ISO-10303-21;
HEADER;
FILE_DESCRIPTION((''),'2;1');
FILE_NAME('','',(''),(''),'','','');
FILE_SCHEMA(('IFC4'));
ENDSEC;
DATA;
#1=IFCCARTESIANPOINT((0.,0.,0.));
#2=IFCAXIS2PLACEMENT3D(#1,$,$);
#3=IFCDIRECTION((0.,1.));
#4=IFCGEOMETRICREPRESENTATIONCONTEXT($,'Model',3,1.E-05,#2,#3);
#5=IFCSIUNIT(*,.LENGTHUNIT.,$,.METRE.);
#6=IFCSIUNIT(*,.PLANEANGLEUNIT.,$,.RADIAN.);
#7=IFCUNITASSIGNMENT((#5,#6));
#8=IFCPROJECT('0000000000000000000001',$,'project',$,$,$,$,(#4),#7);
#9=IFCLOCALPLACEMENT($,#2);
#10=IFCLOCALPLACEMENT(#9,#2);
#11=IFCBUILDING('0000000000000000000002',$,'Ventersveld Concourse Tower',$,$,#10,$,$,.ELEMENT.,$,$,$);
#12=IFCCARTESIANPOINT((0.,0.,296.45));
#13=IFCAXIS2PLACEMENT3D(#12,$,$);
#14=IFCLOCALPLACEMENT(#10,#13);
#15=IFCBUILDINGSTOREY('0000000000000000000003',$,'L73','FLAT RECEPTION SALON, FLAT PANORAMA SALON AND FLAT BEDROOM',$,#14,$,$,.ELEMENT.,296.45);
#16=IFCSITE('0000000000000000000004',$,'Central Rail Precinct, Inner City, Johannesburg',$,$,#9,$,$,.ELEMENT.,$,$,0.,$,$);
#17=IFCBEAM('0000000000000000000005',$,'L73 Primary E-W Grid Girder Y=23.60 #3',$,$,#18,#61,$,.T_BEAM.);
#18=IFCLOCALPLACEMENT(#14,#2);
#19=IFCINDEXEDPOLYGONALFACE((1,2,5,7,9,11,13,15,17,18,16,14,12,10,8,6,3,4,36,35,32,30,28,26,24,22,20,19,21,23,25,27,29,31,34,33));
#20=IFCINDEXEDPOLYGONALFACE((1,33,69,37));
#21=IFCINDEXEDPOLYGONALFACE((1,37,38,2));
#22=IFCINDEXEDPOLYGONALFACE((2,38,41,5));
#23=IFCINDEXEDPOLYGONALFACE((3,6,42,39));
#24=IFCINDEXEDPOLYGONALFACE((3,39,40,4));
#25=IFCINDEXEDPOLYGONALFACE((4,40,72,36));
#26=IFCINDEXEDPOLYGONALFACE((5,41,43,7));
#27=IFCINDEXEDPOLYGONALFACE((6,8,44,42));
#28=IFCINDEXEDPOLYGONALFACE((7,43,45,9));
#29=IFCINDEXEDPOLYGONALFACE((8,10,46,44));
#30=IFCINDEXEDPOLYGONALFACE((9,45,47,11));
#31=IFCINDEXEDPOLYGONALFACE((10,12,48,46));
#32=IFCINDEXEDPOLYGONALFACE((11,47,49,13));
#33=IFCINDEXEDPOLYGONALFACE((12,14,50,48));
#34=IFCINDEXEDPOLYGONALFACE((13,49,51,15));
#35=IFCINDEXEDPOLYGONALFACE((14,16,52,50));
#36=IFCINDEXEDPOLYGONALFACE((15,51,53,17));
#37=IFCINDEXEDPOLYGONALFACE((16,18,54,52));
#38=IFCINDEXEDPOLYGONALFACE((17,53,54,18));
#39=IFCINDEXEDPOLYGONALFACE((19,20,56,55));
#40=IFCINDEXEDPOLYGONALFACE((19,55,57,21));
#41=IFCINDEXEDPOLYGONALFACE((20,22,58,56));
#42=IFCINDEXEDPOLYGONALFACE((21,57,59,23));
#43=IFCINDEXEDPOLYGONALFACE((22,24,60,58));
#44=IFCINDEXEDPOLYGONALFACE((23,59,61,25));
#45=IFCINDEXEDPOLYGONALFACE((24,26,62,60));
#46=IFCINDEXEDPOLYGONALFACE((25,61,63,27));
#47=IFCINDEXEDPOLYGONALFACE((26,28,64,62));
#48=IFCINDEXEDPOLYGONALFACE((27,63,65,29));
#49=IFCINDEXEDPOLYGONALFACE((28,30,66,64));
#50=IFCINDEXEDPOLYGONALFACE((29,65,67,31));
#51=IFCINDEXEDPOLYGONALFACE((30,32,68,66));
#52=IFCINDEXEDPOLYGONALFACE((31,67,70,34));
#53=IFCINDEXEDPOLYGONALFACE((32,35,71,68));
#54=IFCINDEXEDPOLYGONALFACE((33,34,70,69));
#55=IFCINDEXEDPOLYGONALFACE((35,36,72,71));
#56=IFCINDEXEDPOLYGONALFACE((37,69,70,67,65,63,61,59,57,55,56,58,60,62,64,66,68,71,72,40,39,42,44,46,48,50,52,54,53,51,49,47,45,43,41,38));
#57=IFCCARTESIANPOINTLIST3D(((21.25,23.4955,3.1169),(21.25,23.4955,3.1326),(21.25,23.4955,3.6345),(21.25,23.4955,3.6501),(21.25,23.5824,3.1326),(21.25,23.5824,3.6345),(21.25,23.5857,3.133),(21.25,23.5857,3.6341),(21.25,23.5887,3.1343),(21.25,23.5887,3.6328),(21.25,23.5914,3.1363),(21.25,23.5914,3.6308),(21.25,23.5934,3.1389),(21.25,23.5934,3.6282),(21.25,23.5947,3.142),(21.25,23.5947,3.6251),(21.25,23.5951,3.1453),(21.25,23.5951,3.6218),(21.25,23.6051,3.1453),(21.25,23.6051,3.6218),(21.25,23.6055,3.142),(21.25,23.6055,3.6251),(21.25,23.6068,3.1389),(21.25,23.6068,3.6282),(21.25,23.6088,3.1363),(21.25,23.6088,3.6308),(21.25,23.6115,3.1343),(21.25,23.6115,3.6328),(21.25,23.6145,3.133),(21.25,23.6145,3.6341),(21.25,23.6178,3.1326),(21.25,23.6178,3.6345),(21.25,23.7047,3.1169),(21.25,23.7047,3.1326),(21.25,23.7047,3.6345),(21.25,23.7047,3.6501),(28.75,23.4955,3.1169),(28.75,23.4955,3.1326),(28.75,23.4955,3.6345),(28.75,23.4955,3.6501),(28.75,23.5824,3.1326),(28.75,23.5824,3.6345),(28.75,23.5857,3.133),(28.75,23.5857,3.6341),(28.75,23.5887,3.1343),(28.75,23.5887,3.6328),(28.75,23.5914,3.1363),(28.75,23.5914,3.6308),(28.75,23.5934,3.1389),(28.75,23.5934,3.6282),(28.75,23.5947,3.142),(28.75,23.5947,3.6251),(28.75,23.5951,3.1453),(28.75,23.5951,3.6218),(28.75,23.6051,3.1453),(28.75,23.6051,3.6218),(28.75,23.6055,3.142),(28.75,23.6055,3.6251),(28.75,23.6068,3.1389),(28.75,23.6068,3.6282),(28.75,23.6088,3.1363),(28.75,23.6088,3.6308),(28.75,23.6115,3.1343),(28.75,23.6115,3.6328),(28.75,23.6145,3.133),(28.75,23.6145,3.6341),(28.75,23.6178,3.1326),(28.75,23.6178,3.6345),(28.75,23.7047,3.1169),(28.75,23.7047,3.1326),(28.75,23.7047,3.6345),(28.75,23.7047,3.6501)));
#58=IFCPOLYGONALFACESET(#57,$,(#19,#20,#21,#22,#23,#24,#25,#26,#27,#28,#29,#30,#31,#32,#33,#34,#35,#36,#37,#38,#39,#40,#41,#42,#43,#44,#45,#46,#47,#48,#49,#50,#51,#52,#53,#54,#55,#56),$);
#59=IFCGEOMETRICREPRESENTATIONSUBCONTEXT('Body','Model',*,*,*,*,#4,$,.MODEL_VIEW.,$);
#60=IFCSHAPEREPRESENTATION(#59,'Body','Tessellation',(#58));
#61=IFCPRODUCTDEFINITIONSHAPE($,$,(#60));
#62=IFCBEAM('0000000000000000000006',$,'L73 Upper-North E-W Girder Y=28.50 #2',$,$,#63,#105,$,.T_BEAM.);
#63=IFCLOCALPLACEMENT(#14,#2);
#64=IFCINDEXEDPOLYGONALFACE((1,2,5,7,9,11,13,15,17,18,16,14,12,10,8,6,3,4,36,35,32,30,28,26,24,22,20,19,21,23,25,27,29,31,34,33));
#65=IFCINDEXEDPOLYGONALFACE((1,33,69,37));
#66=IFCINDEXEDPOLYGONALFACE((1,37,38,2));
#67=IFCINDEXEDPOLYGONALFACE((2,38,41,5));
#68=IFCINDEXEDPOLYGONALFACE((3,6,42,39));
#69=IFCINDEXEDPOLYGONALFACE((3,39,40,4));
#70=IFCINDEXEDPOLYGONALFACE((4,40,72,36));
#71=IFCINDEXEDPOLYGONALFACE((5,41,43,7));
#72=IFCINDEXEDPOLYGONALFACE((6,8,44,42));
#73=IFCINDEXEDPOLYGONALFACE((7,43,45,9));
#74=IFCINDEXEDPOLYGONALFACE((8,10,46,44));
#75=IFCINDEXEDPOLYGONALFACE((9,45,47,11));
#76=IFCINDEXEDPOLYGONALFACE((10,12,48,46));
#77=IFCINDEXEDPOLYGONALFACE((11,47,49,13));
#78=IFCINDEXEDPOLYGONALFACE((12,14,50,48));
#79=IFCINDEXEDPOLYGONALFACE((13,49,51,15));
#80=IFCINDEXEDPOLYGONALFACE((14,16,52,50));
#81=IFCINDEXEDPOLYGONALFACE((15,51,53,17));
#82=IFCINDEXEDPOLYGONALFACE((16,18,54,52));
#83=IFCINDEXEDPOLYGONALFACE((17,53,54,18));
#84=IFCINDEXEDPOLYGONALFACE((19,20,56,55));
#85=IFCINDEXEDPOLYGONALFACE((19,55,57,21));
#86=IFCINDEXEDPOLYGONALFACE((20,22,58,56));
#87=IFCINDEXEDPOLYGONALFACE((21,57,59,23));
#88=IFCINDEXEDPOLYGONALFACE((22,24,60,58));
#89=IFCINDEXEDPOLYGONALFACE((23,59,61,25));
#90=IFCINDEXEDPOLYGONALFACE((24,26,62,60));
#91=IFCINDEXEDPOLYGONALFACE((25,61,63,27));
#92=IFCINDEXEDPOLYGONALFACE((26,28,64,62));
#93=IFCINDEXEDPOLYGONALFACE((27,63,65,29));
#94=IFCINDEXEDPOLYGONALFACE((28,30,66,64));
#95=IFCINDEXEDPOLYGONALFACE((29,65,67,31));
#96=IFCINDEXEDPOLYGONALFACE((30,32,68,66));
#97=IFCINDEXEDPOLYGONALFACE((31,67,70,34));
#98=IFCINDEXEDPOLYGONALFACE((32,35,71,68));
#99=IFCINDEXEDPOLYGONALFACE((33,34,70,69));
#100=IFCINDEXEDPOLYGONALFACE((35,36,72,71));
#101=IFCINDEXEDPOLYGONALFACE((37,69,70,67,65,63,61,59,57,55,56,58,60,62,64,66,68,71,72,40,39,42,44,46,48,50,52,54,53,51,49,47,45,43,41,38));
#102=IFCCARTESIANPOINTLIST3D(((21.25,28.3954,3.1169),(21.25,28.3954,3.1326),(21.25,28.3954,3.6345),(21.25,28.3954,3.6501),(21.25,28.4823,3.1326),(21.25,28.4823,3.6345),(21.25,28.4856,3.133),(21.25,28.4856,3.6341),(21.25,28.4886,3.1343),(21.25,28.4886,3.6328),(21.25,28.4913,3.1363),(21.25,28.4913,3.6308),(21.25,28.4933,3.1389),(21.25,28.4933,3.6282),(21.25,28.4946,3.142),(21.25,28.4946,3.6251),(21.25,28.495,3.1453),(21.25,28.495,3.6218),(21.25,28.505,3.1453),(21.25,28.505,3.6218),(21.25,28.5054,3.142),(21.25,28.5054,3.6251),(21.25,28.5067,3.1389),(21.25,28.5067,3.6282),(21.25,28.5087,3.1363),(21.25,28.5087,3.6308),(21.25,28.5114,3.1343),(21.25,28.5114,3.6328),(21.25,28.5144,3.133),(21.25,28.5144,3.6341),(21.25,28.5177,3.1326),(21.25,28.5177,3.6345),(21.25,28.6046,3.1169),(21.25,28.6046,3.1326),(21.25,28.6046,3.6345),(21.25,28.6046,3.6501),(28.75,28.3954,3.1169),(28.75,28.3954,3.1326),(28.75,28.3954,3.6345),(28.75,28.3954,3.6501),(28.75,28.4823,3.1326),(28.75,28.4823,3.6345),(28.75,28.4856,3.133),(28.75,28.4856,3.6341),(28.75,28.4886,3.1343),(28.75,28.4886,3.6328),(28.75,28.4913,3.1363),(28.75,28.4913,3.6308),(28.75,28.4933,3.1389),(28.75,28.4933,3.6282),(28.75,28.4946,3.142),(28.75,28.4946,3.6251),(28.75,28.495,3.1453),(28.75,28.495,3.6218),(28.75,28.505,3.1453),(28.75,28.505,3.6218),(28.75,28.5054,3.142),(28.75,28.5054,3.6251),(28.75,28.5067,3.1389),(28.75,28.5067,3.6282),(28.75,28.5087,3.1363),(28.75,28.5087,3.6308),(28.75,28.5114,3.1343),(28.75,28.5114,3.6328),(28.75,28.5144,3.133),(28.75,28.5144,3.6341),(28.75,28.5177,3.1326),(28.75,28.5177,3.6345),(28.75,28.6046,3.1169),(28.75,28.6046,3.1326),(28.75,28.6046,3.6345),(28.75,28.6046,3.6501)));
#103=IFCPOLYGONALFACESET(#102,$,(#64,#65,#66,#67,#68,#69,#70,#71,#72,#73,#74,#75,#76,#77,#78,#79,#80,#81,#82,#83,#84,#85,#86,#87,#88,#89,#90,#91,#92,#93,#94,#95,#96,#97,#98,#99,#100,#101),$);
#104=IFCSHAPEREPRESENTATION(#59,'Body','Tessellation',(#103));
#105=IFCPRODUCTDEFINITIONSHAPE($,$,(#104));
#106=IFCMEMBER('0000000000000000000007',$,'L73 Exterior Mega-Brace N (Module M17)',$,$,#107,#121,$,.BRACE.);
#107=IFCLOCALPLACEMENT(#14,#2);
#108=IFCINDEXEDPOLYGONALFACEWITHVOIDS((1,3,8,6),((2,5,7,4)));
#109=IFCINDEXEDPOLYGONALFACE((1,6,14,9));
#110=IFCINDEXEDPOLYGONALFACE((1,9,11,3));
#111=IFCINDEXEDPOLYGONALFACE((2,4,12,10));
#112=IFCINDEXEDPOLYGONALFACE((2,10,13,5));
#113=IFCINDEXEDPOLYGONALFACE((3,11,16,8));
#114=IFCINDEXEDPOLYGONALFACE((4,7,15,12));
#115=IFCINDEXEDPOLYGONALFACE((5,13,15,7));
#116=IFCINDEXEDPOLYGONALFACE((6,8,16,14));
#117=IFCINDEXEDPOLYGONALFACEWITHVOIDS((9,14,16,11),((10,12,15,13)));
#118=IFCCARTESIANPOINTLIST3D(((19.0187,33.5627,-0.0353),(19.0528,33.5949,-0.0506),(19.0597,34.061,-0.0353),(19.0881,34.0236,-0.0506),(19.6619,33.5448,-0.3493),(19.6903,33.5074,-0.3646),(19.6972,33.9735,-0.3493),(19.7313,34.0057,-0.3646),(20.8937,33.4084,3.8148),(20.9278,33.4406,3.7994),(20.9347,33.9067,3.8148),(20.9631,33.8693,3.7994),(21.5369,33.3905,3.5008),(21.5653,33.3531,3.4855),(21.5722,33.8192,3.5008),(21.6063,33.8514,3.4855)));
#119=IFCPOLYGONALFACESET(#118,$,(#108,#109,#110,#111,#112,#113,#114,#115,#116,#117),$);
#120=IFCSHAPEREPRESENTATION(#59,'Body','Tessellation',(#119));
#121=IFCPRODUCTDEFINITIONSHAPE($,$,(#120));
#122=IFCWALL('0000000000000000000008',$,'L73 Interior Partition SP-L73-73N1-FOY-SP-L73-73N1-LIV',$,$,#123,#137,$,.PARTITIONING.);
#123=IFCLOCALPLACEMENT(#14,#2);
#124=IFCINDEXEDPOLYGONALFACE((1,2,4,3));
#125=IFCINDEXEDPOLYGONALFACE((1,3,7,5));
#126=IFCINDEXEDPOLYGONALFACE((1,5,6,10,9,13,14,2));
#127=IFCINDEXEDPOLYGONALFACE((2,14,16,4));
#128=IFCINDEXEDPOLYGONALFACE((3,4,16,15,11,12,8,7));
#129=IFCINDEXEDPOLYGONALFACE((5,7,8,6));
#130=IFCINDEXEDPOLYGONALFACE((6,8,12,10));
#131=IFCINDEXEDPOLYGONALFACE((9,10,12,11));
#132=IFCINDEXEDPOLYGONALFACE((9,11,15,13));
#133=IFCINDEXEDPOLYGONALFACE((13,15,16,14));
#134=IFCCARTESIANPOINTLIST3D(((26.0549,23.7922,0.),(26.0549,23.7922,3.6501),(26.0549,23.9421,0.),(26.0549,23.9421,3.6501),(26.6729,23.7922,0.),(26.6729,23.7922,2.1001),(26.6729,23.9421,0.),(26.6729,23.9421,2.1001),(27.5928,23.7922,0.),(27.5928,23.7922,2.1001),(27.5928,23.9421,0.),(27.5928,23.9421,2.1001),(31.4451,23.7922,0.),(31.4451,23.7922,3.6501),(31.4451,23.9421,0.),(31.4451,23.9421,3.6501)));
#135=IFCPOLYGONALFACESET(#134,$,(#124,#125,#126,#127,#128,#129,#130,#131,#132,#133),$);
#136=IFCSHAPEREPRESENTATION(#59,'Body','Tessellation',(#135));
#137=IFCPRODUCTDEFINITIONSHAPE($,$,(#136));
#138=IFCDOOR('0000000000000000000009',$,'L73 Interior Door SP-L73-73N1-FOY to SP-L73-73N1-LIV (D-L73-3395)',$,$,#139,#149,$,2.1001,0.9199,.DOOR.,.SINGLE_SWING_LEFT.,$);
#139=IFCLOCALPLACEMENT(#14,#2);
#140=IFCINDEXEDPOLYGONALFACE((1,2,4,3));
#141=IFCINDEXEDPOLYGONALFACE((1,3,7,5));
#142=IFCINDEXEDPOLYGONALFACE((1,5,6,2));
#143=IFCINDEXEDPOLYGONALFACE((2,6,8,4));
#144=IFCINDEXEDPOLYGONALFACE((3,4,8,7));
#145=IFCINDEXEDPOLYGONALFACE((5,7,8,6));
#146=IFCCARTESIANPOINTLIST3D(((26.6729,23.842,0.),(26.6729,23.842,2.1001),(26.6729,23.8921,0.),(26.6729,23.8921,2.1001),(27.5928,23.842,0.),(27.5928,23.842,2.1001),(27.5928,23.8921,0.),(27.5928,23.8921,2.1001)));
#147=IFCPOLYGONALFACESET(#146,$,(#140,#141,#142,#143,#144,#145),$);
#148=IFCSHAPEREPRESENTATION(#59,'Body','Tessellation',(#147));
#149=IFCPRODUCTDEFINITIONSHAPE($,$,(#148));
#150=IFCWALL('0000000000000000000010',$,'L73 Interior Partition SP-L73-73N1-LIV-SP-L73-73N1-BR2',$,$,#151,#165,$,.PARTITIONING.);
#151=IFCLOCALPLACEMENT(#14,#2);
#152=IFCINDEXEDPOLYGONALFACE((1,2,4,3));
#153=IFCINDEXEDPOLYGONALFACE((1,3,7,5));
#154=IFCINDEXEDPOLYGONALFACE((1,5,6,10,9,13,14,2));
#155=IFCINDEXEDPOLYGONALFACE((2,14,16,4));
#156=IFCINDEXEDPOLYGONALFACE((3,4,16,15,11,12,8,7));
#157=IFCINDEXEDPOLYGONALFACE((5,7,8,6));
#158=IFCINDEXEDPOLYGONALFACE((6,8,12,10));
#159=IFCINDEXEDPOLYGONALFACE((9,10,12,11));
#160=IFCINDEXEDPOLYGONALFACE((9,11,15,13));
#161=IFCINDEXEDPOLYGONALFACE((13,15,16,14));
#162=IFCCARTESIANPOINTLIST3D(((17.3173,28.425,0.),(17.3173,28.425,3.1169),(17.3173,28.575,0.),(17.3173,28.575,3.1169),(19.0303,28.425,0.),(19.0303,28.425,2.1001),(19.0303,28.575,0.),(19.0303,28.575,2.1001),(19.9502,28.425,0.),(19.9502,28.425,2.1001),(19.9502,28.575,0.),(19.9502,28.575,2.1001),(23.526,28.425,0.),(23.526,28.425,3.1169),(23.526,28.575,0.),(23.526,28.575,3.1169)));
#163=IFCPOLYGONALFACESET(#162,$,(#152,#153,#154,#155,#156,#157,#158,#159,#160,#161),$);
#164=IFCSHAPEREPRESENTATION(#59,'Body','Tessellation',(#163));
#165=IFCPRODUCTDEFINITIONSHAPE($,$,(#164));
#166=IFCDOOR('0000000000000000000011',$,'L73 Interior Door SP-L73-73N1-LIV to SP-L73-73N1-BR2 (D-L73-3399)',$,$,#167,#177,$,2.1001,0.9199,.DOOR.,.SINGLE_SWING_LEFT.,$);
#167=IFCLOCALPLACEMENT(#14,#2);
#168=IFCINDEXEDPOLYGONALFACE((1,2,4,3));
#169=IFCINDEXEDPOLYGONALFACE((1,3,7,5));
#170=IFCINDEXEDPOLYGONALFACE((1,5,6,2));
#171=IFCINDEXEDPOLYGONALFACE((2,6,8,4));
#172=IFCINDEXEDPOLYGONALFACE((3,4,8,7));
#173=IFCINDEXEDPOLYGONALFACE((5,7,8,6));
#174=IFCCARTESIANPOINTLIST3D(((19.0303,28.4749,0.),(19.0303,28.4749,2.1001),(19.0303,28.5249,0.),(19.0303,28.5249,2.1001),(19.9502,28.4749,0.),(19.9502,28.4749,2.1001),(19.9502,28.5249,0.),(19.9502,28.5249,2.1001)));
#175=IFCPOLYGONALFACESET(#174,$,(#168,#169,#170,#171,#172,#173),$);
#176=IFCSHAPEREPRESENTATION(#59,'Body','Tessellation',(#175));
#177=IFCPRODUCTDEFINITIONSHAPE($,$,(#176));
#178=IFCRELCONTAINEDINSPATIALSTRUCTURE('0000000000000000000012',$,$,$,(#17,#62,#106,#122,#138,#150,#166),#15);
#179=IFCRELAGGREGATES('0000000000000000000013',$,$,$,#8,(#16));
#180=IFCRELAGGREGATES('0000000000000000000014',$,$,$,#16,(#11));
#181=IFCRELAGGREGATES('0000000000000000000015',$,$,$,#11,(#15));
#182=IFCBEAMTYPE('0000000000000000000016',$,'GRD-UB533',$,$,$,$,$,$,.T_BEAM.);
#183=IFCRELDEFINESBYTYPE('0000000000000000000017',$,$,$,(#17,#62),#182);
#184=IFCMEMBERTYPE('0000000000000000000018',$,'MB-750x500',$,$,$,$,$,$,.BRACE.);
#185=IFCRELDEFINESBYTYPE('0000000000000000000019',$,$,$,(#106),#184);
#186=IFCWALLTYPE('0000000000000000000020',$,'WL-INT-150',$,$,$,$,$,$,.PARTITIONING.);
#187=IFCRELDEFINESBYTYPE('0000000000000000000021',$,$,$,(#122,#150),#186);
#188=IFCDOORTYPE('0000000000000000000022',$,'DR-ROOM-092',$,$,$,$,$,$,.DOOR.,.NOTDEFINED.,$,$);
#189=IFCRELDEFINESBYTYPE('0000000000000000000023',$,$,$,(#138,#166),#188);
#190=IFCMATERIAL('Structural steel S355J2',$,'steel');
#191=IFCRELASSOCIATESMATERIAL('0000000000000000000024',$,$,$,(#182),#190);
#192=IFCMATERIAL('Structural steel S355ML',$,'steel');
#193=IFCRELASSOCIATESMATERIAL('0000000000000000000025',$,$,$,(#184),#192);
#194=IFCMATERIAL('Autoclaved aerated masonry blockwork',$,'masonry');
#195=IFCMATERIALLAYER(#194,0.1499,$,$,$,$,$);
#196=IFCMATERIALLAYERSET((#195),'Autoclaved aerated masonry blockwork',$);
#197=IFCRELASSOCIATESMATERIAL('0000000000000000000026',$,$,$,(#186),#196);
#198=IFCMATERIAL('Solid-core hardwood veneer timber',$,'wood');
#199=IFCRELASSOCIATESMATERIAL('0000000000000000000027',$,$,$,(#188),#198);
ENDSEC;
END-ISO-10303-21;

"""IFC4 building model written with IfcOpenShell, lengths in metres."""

from ifc_helpers import new_model, si_unit, direction, frame, frame_2d, origin, origin_2d, place, context, subcontext, project, spatial, rectangle, hollow_rectangle, i_section, extrude, material, layer, layer_set, material_profile, profile_set, type_object, element, fill, save


model = new_model("IFC4")

# Units and contexts
model_context = context("Model", 3, precision=1e-05, world=origin(), true_north=direction((0.0, 1.0)))
body_context = subcontext(model_context, "Body", "Model", "MODEL_VIEW")
ifc_project = project(units=[si_unit("LENGTHUNIT", "METRE"), si_unit("PLANEANGLEUNIT", "RADIAN")], contexts=[model_context])

# Site, building, storey
site_placement = place(None, origin())
site = spatial("IfcSite", under=ifc_project, at=site_placement, Name="Central Rail Precinct, Inner City, Johannesburg", CompositionType="ELEMENT", RefElevation=0.0)
building_placement = place(site_placement, origin())
building = spatial("IfcBuilding", under=site, at=building_placement, Name="Ventersveld Concourse Tower", CompositionType="ELEMENT")
storey_placement = place(building_placement, frame((0.0, 0.0, 296.45)))
storey = spatial("IfcBuildingStorey", under=building, at=storey_placement, Name="L73", Description="FLAT RECEPTION SALON, FLAT PANORAMA SALON AND FLAT BEDROOM", CompositionType="ELEMENT", Elevation=296.45)

# Beams
ifc_material_1 = material(Name="Structural steel S355J2", Category="steel")
ifc_material_profile_1 = material_profile(ifc_material_1, i_section(OverallWidth=0.2092, OverallDepth=0.5332, WebThickness=0.01, FlangeThickness=0.0156, FilletRadius=0.0127, at=origin_2d()), Name="UB 533x210x92")
ifc_profile_set_1 = profile_set([ifc_material_profile_1], Name="Structural steel S355J2")
beam_type_1 = type_object("IfcBeamType", Name="GRD-UB533", PredefinedType="T_BEAM", material=ifc_profile_set_1)
for number, where, z_axis, x_axis, name in (
    (1, (21.25, 23.6001, 3.3835), (1.0, 0.0, 0.0), (0.0, 1.0, 0.0), "L73 Primary E-W Grid Girder Y=23.60 #3"),
    (2, (21.25, 28.5, 3.3835), (1.0, 0.0, 0.0), (0.0, 1.0, 0.0), "L73 Upper-North E-W Girder Y=28.50 #2"),
):
    element("IfcBeam", number, at=place(storey_placement, frame(where, z_axis=z_axis, x_axis=x_axis)), inside=storey, type_object=beam_type_1, Name=name, PredefinedType="T_BEAM", context=body_context, shape_type="SweptSolid", body=[
        extrude(i_section(OverallWidth=0.2092, OverallDepth=0.5332, WebThickness=0.01, FlangeThickness=0.0156, FilletRadius=0.0127, at=origin_2d()), origin(), (0.0, 0.0, 1.0), 7.5),
    ])

# Member
ifc_material_2 = material(Name="Structural steel S355ML", Category="steel")
ifc_material_profile_2 = material_profile(ifc_material_2, hollow_rectangle(XDim=0.5, YDim=0.75, WallThickness=0.0349, at=origin_2d()), Name="BOX 750x500x35")
ifc_profile_set_2 = profile_set([ifc_material_profile_2], Name="Structural steel S355ML")
member_type = type_object("IfcMemberType", Name="MB-750x500", PredefinedType="BRACE", material=ifc_profile_set_2)
member_placement = place(storey_placement, frame((19.375, 33.7842, -0.2), z_axis=(0.437556, -0.036007, 0.89847), x_axis=(0.082014, 0.996631, 0.0)))
element("IfcMember", 3, at=member_placement, inside=storey, type_object=member_type, Name="L73 Exterior Mega-Brace N (Module M17)", PredefinedType="BRACE", context=body_context, shape_type="SweptSolid", body=[
    extrude(hollow_rectangle(XDim=0.5, YDim=0.75, WallThickness=0.0349, at=origin_2d()), origin(), (0.0, 0.0, 1.0), 4.2852),
])

# Walls, openings, doors
ifc_material_3 = material(Name="Autoclaved aerated masonry blockwork", Category="masonry")
ifc_layer = layer(ifc_material_3, 0.1499)
ifc_layer_set = layer_set([ifc_layer], Name="Autoclaved aerated masonry blockwork")
wall_type = type_object("IfcWallType", Name="WL-INT-150", PredefinedType="PARTITIONING", material=ifc_layer_set)
wall_1_placement = place(storey_placement, frame((26.0549, 23.8672, 0.0), z_axis=(0.0, 0.0, 1.0), x_axis=(1.0, 0.0, 0.0)))
wall_1 = element("IfcWall", 4, at=wall_1_placement, inside=storey, type_object=wall_type, Name="L73 Interior Partition SP-L73-73N1-FOY-SP-L73-73N1-LIV", PredefinedType="PARTITIONING", context=body_context, shape_type="SweptSolid", body=[
    extrude(rectangle(XDim=5.3901, YDim=0.1499, at=frame_2d((2.6951, 0.0))), origin(), (0.0, 0.0, 1.0), 3.6501),
])
opening_1_placement = place(wall_1_placement, frame((0.6179, 0.0, 0.0)))
opening_1 = element("IfcOpeningElement", 5, at=opening_1_placement, cuts=wall_1, PredefinedType="OPENING", context=body_context, shape_type="SweptSolid", body=[
    extrude(rectangle(XDim=0.9199, YDim=2.1001, at=frame_2d((0.46, 1.05))), frame((0.0, 0.085, 0.0), z_axis=(0.0, -1.0, 0.0), x_axis=(1.0, 0.0, 0.0)), (0.0, 0.0, 1.0), 0.1699),
])
ifc_material_4 = material(Name="Solid-core hardwood veneer timber", Category="wood")
door_type = type_object("IfcDoorType", Name="DR-ROOM-092", OperationType="NOTDEFINED", PredefinedType="DOOR", material=ifc_material_4)
door_1_placement = place(opening_1_placement, origin())
door_1 = element("IfcDoor", 6, at=door_1_placement, inside=storey, type_object=door_type, Name="L73 Interior Door SP-L73-73N1-FOY to SP-L73-73N1-LIV (D-L73-3395)", OperationType="SINGLE_SWING_LEFT", OverallHeight=2.1001, OverallWidth=0.9199, PredefinedType="DOOR", context=body_context, shape_type="SweptSolid", body=[
    extrude(rectangle(XDim=0.9199, YDim=2.1001, at=frame_2d((0.46, 1.05))), frame((0.0, 0.0249, 0.0), z_axis=(0.0, -1.0, 0.0), x_axis=(1.0, 0.0, 0.0)), (0.0, 0.0, 1.0), 0.05),
])
fill(opening_1, door_1)
wall_2_placement = place(storey_placement, frame((17.3171, 28.5, 0.0), z_axis=(0.0, 0.0, 1.0), x_axis=(1.0, 0.0, 0.0)))
wall_2 = element("IfcWall", 7, at=wall_2_placement, inside=storey, type_object=wall_type, Name="L73 Interior Partition SP-L73-73N1-LIV-SP-L73-73N1-BR2", PredefinedType="PARTITIONING", context=body_context, shape_type="SweptSolid", body=[
    extrude(rectangle(XDim=6.2087, YDim=0.1499, at=frame_2d((3.1045, 0.0))), origin(), (0.0, 0.0, 1.0), 3.1169),
])
opening_2_placement = place(wall_2_placement, frame((1.7131, 0.0, 0.0)))
opening_2 = element("IfcOpeningElement", 8, at=opening_2_placement, cuts=wall_2, PredefinedType="OPENING", context=body_context, shape_type="SweptSolid", body=[
    extrude(rectangle(XDim=0.9199, YDim=2.1001, at=frame_2d((0.46, 1.05))), frame((0.0, 0.085, 0.0), z_axis=(0.0, -1.0, 0.0), x_axis=(1.0, 0.0, 0.0)), (0.0, 0.0, 1.0), 0.1699),
])
door_2_placement = place(opening_2_placement, origin())
door_2 = element("IfcDoor", 9, at=door_2_placement, inside=storey, type_object=door_type, Name="L73 Interior Door SP-L73-73N1-LIV to SP-L73-73N1-BR2 (D-L73-3399)", OperationType="SINGLE_SWING_LEFT", OverallHeight=2.1001, OverallWidth=0.9199, PredefinedType="DOOR", context=body_context, shape_type="SweptSolid", body=[
    extrude(rectangle(XDim=0.9199, YDim=2.1001, at=frame_2d((0.46, 1.05))), frame((0.0, 0.0249, 0.0), z_axis=(0.0, -1.0, 0.0), x_axis=(1.0, 0.0, 0.0)), (0.0, 0.0, 1.0), 0.05),
])
fill(opening_2, door_2)

save(model, "model.ifc")
